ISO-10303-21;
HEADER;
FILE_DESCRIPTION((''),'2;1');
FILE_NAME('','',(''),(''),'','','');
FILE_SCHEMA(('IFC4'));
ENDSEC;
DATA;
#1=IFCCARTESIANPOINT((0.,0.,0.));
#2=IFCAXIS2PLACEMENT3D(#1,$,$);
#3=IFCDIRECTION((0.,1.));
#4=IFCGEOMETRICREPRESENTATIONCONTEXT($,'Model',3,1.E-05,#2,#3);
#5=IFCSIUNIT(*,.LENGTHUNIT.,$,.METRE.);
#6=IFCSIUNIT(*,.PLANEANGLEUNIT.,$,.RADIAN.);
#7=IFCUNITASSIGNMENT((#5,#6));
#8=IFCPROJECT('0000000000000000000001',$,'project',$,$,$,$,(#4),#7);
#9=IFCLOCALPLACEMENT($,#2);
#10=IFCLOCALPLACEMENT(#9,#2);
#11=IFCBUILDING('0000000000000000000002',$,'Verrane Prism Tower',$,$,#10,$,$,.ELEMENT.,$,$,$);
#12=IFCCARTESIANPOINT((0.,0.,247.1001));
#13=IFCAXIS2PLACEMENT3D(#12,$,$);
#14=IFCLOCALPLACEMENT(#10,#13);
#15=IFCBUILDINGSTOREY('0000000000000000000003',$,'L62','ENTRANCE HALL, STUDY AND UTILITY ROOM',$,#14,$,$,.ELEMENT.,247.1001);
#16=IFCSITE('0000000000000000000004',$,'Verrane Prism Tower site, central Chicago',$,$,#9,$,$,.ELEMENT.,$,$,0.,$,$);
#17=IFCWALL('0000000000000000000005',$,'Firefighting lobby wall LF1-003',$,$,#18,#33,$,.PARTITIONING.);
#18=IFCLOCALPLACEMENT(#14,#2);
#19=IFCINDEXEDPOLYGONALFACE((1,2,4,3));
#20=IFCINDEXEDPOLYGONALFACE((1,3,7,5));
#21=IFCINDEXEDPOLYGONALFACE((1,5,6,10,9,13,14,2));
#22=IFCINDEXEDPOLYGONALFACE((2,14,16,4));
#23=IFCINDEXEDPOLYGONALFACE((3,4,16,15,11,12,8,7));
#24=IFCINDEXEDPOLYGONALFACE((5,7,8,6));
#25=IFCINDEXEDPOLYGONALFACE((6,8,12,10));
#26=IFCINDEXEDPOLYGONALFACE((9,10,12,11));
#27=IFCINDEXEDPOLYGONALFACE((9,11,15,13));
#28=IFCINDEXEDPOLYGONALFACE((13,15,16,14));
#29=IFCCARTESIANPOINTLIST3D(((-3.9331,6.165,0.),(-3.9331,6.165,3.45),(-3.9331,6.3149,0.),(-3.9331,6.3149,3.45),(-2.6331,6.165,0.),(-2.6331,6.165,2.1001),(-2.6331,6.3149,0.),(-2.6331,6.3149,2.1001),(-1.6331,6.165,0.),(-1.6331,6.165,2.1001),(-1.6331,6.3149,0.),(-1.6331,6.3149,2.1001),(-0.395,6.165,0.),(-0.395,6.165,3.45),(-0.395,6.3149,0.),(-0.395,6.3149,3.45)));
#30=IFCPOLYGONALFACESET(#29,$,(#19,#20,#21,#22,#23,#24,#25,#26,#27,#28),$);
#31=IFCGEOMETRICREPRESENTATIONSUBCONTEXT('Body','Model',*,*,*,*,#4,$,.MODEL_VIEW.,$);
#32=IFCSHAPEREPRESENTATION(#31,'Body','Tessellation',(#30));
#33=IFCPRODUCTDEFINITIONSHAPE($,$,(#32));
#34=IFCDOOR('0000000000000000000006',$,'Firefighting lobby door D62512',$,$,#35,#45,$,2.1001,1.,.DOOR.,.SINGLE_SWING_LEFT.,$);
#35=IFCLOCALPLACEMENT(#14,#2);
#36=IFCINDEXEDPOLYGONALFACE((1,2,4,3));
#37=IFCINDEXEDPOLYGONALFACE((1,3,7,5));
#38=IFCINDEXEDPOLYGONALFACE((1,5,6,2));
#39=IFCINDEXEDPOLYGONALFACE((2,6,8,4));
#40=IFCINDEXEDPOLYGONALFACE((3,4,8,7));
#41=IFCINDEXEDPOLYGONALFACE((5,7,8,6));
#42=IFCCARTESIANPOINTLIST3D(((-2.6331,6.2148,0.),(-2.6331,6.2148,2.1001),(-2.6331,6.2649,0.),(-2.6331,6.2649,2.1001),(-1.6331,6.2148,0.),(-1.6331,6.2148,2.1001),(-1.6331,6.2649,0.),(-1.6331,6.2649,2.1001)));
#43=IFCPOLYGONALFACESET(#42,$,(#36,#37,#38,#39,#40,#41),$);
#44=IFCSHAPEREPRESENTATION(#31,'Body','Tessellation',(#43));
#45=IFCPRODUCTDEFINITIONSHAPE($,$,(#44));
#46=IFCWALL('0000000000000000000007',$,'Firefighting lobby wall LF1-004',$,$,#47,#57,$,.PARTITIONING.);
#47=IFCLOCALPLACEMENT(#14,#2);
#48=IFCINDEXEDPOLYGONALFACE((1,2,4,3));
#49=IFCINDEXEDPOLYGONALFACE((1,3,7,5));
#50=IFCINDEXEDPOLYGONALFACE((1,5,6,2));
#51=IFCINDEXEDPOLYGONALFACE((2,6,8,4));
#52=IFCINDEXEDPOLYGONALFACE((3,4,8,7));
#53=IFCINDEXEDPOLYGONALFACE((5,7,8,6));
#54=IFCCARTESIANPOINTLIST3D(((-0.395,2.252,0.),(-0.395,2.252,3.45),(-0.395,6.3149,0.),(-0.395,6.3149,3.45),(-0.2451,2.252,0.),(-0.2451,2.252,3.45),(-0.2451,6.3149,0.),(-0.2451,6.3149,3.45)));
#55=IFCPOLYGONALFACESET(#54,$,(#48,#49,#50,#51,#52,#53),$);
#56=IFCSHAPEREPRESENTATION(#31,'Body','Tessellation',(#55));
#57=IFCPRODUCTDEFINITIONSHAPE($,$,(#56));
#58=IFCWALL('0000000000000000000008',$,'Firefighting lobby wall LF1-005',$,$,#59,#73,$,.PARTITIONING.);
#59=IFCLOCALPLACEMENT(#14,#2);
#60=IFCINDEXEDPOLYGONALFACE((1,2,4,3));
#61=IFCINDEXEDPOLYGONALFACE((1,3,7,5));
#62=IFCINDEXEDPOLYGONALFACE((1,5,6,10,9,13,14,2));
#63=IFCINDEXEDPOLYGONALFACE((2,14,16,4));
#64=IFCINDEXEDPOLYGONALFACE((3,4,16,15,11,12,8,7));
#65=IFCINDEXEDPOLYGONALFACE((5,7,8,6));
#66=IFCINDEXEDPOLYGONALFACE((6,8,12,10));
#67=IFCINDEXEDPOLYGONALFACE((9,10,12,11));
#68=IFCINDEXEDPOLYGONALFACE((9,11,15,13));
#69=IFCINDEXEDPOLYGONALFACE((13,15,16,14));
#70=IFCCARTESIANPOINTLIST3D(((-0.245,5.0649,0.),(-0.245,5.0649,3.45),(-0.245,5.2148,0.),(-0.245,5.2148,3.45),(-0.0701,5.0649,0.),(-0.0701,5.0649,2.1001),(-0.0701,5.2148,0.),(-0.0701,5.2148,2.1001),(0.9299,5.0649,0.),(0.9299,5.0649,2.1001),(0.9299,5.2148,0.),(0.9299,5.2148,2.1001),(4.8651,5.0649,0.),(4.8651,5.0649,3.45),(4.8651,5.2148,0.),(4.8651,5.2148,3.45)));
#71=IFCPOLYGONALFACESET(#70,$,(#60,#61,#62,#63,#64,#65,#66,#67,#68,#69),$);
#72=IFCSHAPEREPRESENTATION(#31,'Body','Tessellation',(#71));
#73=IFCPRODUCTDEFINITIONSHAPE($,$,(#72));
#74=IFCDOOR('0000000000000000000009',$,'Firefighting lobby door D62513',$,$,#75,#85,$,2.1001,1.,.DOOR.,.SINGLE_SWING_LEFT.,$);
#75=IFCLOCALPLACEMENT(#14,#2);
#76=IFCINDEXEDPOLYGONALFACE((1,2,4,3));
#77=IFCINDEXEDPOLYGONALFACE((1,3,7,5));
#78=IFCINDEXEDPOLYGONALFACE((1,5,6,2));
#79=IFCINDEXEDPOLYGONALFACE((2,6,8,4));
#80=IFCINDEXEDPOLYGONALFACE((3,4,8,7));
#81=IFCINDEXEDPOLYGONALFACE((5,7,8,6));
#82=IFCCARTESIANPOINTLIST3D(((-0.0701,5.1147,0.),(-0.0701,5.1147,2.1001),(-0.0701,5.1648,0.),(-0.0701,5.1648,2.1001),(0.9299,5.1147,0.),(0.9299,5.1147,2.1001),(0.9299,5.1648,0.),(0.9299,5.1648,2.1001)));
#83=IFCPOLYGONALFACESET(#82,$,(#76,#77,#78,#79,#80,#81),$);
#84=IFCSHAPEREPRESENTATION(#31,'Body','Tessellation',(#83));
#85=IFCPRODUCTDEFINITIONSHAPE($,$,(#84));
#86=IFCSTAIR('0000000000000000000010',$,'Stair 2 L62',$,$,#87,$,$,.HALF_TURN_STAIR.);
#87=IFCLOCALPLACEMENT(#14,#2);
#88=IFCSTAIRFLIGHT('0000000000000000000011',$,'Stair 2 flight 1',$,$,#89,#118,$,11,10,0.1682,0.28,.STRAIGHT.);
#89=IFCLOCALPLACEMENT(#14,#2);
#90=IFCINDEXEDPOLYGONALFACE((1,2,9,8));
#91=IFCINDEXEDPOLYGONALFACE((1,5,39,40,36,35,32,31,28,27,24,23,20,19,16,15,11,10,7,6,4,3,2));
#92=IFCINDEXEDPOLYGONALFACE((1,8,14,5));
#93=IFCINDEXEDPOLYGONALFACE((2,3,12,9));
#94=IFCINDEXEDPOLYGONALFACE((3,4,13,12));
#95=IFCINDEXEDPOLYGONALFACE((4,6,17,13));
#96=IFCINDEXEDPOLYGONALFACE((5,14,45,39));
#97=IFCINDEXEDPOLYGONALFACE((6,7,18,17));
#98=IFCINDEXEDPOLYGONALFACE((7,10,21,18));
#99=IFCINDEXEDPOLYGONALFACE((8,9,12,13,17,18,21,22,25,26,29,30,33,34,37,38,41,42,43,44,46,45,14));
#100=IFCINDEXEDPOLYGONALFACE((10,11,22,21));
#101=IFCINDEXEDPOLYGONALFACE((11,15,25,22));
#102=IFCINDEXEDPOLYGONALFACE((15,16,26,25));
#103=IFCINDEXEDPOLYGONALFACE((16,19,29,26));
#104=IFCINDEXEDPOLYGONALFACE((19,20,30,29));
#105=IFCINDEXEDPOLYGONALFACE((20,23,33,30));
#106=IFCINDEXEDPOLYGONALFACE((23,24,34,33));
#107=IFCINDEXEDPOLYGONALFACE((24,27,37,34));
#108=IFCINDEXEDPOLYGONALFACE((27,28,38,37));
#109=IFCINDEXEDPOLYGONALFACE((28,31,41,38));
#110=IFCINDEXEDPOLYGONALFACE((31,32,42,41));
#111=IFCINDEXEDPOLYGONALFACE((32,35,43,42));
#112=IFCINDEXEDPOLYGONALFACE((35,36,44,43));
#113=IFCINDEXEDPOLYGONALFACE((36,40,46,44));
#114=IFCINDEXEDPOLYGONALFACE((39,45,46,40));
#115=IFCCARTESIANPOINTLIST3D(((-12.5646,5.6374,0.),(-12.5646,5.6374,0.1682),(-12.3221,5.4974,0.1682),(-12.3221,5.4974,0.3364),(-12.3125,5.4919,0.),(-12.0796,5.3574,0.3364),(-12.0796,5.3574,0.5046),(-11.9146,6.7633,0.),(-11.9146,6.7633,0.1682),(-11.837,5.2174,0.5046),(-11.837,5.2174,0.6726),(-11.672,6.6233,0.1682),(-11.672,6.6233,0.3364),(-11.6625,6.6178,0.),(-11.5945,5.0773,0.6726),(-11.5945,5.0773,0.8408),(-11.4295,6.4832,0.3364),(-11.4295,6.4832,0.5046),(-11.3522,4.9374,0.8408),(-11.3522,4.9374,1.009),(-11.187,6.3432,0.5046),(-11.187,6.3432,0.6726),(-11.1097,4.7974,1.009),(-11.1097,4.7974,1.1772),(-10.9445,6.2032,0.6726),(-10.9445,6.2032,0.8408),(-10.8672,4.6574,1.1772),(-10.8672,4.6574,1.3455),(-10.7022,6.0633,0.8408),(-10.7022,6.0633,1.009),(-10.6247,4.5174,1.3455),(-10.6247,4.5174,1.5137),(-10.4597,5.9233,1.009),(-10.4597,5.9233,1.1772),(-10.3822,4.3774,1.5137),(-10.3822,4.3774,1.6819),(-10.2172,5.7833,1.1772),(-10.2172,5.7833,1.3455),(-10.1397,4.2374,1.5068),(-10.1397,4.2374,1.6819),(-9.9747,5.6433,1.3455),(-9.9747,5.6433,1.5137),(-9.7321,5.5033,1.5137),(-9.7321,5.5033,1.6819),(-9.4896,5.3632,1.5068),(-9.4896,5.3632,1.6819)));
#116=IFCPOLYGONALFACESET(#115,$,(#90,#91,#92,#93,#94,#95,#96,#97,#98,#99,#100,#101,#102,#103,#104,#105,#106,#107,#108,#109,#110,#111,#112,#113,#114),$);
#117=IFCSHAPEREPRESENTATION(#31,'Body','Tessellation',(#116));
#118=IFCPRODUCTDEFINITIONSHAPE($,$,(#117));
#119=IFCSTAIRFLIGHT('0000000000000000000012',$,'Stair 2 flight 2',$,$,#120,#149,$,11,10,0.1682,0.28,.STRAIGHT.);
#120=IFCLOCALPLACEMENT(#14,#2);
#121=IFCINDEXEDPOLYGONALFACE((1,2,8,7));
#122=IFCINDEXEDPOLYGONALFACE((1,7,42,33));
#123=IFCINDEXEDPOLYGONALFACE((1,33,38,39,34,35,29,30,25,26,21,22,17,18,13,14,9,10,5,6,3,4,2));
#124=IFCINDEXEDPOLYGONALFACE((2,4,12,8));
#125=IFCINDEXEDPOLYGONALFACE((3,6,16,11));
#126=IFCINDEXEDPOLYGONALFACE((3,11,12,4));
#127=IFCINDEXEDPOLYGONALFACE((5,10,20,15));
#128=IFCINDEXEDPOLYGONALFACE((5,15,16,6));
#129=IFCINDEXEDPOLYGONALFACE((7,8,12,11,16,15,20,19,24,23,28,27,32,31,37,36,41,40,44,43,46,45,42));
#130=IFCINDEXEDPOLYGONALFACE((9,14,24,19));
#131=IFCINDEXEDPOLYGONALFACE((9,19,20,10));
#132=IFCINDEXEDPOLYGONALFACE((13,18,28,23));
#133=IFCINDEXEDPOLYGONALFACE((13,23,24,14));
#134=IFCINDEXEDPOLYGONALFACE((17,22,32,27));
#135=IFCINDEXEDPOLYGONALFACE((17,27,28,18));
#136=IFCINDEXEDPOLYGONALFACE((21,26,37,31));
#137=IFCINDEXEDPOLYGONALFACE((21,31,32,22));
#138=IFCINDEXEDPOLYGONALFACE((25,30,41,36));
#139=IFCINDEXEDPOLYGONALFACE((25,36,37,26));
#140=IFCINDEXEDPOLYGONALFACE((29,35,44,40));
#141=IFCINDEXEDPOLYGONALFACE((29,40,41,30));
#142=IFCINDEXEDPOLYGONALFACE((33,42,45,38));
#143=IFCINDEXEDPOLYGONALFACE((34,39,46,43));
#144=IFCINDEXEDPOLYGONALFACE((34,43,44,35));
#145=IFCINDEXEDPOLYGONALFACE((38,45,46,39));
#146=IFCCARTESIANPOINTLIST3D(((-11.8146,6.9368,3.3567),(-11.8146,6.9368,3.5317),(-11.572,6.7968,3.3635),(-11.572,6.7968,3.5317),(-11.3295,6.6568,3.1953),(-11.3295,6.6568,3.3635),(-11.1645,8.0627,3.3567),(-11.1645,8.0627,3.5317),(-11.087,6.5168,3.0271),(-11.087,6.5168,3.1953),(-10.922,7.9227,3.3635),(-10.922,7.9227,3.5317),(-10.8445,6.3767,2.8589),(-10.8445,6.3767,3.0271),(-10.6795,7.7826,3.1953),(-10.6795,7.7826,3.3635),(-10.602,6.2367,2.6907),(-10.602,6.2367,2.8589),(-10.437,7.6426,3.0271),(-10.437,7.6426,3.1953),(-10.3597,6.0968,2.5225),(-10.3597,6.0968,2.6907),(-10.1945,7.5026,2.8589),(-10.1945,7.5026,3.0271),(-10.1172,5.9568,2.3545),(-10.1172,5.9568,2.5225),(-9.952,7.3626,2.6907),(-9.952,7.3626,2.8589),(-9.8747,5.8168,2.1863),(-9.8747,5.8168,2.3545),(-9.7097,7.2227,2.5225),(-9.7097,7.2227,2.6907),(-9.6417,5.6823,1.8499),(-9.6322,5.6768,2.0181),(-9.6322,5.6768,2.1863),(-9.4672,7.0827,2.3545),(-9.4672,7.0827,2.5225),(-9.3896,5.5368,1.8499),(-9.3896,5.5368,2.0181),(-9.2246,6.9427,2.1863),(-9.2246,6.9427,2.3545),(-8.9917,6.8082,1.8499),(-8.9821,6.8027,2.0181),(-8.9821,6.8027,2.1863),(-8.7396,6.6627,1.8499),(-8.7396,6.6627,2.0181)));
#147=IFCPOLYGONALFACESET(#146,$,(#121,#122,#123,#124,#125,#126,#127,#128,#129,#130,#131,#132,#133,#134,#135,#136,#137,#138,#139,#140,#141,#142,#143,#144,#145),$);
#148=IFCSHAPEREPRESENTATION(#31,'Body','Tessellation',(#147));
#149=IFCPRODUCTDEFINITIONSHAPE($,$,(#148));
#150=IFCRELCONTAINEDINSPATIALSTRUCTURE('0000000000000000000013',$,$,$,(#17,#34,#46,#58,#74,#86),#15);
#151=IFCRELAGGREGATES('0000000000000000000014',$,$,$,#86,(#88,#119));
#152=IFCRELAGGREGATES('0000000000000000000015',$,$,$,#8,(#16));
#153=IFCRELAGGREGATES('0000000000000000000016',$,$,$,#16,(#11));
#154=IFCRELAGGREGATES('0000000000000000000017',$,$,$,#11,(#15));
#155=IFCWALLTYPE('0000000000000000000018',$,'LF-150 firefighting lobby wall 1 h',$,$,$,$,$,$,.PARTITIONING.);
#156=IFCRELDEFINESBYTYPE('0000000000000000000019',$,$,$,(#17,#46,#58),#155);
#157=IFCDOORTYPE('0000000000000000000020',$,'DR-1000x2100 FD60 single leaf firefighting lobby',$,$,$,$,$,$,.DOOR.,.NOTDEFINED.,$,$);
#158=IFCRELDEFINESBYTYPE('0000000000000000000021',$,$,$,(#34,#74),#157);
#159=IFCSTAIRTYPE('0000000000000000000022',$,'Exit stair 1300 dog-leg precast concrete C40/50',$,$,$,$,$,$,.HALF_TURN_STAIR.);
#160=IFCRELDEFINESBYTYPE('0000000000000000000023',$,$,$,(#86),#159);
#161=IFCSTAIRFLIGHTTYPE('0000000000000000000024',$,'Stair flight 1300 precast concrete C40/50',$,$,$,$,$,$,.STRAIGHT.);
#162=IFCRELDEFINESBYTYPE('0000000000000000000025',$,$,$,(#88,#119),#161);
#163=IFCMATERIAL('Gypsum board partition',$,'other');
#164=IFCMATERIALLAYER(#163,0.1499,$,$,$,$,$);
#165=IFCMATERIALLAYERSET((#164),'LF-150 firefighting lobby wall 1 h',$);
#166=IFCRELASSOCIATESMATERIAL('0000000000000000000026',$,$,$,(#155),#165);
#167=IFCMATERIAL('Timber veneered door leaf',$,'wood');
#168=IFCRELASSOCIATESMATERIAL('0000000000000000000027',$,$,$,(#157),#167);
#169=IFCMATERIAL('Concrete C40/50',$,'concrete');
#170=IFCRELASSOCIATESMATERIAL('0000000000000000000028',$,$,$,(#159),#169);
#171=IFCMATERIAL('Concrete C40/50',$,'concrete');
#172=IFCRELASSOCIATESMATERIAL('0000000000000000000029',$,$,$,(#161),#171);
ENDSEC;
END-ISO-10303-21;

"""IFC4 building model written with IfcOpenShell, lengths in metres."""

from ifc_helpers import new_model, si_unit, direction, frame, frame_2d, origin, place, context, subcontext, project, spatial, polyline, rectangle, outline, extrude, material, layer, layer_set, type_object, element, fill, aggregate, save


model = new_model("IFC4")

# Units and contexts
model_context = context("Model", 3, precision=1e-05, world=origin(), true_north=direction((0.0, 1.0)))
body_context = subcontext(model_context, "Body", "Model", "MODEL_VIEW")
ifc_project = project(units=[si_unit("LENGTHUNIT", "METRE"), si_unit("PLANEANGLEUNIT", "RADIAN")], contexts=[model_context])

# Site, building, storey
site_placement = place(None, origin())
site = spatial("IfcSite", under=ifc_project, at=site_placement, Name="Verrane Prism Tower site, central Chicago", CompositionType="ELEMENT", RefElevation=0.0)
building_placement = place(site_placement, origin())
building = spatial("IfcBuilding", under=site, at=building_placement, Name="Verrane Prism Tower", CompositionType="ELEMENT")
storey_placement = place(building_placement, frame((0.0, 0.0, 247.1001)))
storey = spatial("IfcBuildingStorey", under=building, at=storey_placement, Name="L62", Description="ENTRANCE HALL, STUDY AND UTILITY ROOM", CompositionType="ELEMENT", Elevation=247.1001)

# Shared definitions
ifc_material_1 = material(Name="Gypsum board partition", Category="other")
ifc_layer_1 = layer(ifc_material_1, 0.1499)
ifc_layer_set_1 = layer_set([ifc_layer_1], Name="LF-150 firefighting lobby wall 1 h")
wall_type_1 = type_object("IfcWallType", Name="LF-150 firefighting lobby wall 1 h", PredefinedType="PARTITIONING", material=ifc_layer_set_1)

# Wall, opening, door
wall_1_placement = place(storey_placement, frame((-3.9331, 6.24, 0.0), z_axis=(0.0, 0.0, 1.0), x_axis=(1.0, 0.0, 0.0)))
wall_1 = element("IfcWall", 1, at=wall_1_placement, inside=storey, type_object=wall_type_1, Name="Firefighting lobby wall LF1-003", PredefinedType="PARTITIONING", context=body_context, shape_type="SweptSolid", body=[
    extrude(rectangle(XDim=3.5381, YDim=0.1499, at=frame_2d((1.769, 0.0))), origin(), (0.0, 0.0, 1.0), 3.45),
])
opening_1_placement = place(wall_1_placement, frame((1.3, 0.0, 0.0)))
opening_1 = element("IfcOpeningElement", 2, at=opening_1_placement, cuts=wall_1, PredefinedType="OPENING", context=body_context, shape_type="SweptSolid", body=[
    extrude(rectangle(XDim=1.0, YDim=2.1001, at=frame_2d((0.5, 1.05))), frame((0.0, 0.085, 0.0), z_axis=(0.0, -1.0, 0.0), x_axis=(1.0, 0.0, 0.0)), (0.0, 0.0, 1.0), 0.1699),
])
ifc_material_2 = material(Name="Timber veneered door leaf", Category="wood")
door_type_1 = type_object("IfcDoorType", Name="DR-1000x2100 FD60 single leaf firefighting lobby", OperationType="NOTDEFINED", PredefinedType="DOOR", material=ifc_material_2)
door_1_placement = place(opening_1_placement, origin())
door_1 = element("IfcDoor", 3, at=door_1_placement, inside=storey, type_object=door_type_1, Name="Firefighting lobby door D62512", OperationType="SINGLE_SWING_LEFT", OverallHeight=2.1001, OverallWidth=1.0, PredefinedType="DOOR", context=body_context, shape_type="SweptSolid", body=[
    extrude(rectangle(XDim=1.0, YDim=2.1001, at=frame_2d((0.5, 1.05))), frame((0.0, 0.0249, 0.0), z_axis=(0.0, -1.0, 0.0), x_axis=(1.0, 0.0, 0.0)), (0.0, 0.0, 1.0), 0.05),
])
fill(opening_1, door_1)

# Wall
wall_2_placement = place(storey_placement, frame((-0.3201, 2.252, 0.0), z_axis=(0.0, 0.0, 1.0), x_axis=(0.0, 1.0, 0.0)))
element("IfcWall", 4, at=wall_2_placement, inside=storey, type_object=wall_type_1, Name="Firefighting lobby wall LF1-004", PredefinedType="PARTITIONING", context=body_context, shape_type="SweptSolid", body=[
    extrude(rectangle(XDim=4.063, YDim=0.1499, at=frame_2d((2.0315, 0.0))), origin(), (0.0, 0.0, 1.0), 3.45),
])

# Wall, opening, door
wall_3_placement = place(storey_placement, frame((-0.2451, 5.1399, 0.0), z_axis=(0.0, 0.0, 1.0), x_axis=(1.0, 0.0, 0.0)))
wall_3 = element("IfcWall", 5, at=wall_3_placement, inside=storey, type_object=wall_type_1, Name="Firefighting lobby wall LF1-005", PredefinedType="PARTITIONING", context=body_context, shape_type="SweptSolid", body=[
    extrude(rectangle(XDim=5.1101, YDim=0.1499, at=frame_2d((2.5552, 0.0))), origin(), (0.0, 0.0, 1.0), 3.45),
])
opening_2_placement = place(wall_3_placement, frame((0.175, 0.0, 0.0)))
opening_2 = element("IfcOpeningElement", 6, at=opening_2_placement, cuts=wall_3, PredefinedType="OPENING", context=body_context, shape_type="SweptSolid", body=[
    extrude(rectangle(XDim=1.0, YDim=2.1001, at=frame_2d((0.5, 1.05))), frame((0.0, 0.085, 0.0), z_axis=(0.0, -1.0, 0.0), x_axis=(1.0, 0.0, 0.0)), (0.0, 0.0, 1.0), 0.1699),
])
door_2_placement = place(opening_2_placement, origin())
door_2 = element("IfcDoor", 7, at=door_2_placement, inside=storey, type_object=door_type_1, Name="Firefighting lobby door D62513", OperationType="SINGLE_SWING_LEFT", OverallHeight=2.1001, OverallWidth=1.0, PredefinedType="DOOR", context=body_context, shape_type="SweptSolid", body=[
    extrude(rectangle(XDim=1.0, YDim=2.1001, at=frame_2d((0.5, 1.05))), frame((0.0, 0.0249, 0.0), z_axis=(0.0, -1.0, 0.0), x_axis=(1.0, 0.0, 0.0)), (0.0, 0.0, 1.0), 0.05),
])
fill(opening_2, door_2)

# Stair, stair flights
ifc_material_3 = material(Name="Concrete C40/50", Category="concrete")
stair_type = type_object("IfcStairType", Name="Exit stair 1300 dog-leg precast concrete C40/50", PredefinedType="HALF_TURN_STAIR", material=ifc_material_3)
stair_placement = place(storey_placement, origin())
stair = element("IfcStair", 8, at=stair_placement, inside=storey, type_object=stair_type, Name="Stair 2 L62", PredefinedType="HALF_TURN_STAIR")
ifc_material_4 = material(Name="Concrete C40/50", Category="concrete")
stair_flight_type = type_object("IfcStairFlightType", Name="Stair flight 1300 precast concrete C40/50", PredefinedType="STRAIGHT", material=ifc_material_4)
stair_flight_1_placement = place(storey_placement, frame((-12.2395, 6.2004, 0.0), z_axis=(0.0, 0.0, 1.0), x_axis=(0.866025, -0.5, 0.0)))
stair_flight_1 = element("IfcStairFlight", 9, at=stair_flight_1_placement, type_object=stair_flight_type, Name="Stair 2 flight 1", NumberOfRisers=11, NumberOfTreads=10, PredefinedType="STRAIGHT", RiserHeight=0.1682, TreadLength=0.28, context=body_context, shape_type="SweptSolid", body=[
    extrude(outline(polyline([(0.0, 0.0), (0.0, 0.1682), (0.28, 0.1682), (0.28, 0.3364), (0.5601, 0.3364), (0.5601, 0.5046), (0.8401, 0.5046), (0.8401, 0.6726), (1.1201, 0.6726), (1.1201, 0.8408), (1.3999, 0.8408), (1.3999, 1.009), (1.6799, 1.009), (1.6799, 1.1772), (1.96, 1.1772), (1.96, 1.3455), (2.24, 1.3455), (2.24, 1.5137), (2.52, 1.5137), (2.52, 1.6819), (2.8, 1.6819), (2.8, 1.8501), (2.8, 1.5068), (0.291, 0.0), (0.0, 0.0)])), frame((0.0, 0.6499, 0.0), z_axis=(0.0, -1.0, 0.0), x_axis=(1.0, 0.0, 0.0)), (0.0, 0.0, 1.0), 1.3),
])
stair_flight_2_placement = place(storey_placement, frame((-9.0647, 6.0996, 1.8499), z_axis=(0.0, 0.0, 1.0), x_axis=(-0.866025, 0.5, 0.0)))
stair_flight_2 = element("IfcStairFlight", 10, at=stair_flight_2_placement, type_object=stair_flight_type, Name="Stair 2 flight 2", NumberOfRisers=11, NumberOfTreads=10, PredefinedType="STRAIGHT", RiserHeight=0.1682, TreadLength=0.28, context=body_context, shape_type="SweptSolid", body=[
    extrude(outline(polyline([(0.0, 0.0), (0.0, 0.1682), (0.28, 0.1682), (0.28, 0.3364), (0.5601, 0.3364), (0.5601, 0.5046), (0.8401, 0.5046), (0.8401, 0.6726), (1.1201, 0.6726), (1.1201, 0.8408), (1.3999, 0.8408), (1.3999, 1.009), (1.6799, 1.009), (1.6799, 1.1772), (1.96, 1.1772), (1.96, 1.3455), (2.24, 1.3455), (2.24, 1.5137), (2.52, 1.5137), (2.52, 1.6819), (2.8, 1.6819), (2.8, 1.8501), (2.8, 1.5068), (0.291, 0.0), (0.0, 0.0)])), frame((0.0, 0.6499, 0.0), z_axis=(0.0, -1.0, 0.0), x_axis=(1.0, 0.0, 0.0)), (0.0, 0.0, 1.0), 1.3),
])
aggregate(stair, [stair_flight_1, stair_flight_2])

save(model, "model.ifc")
